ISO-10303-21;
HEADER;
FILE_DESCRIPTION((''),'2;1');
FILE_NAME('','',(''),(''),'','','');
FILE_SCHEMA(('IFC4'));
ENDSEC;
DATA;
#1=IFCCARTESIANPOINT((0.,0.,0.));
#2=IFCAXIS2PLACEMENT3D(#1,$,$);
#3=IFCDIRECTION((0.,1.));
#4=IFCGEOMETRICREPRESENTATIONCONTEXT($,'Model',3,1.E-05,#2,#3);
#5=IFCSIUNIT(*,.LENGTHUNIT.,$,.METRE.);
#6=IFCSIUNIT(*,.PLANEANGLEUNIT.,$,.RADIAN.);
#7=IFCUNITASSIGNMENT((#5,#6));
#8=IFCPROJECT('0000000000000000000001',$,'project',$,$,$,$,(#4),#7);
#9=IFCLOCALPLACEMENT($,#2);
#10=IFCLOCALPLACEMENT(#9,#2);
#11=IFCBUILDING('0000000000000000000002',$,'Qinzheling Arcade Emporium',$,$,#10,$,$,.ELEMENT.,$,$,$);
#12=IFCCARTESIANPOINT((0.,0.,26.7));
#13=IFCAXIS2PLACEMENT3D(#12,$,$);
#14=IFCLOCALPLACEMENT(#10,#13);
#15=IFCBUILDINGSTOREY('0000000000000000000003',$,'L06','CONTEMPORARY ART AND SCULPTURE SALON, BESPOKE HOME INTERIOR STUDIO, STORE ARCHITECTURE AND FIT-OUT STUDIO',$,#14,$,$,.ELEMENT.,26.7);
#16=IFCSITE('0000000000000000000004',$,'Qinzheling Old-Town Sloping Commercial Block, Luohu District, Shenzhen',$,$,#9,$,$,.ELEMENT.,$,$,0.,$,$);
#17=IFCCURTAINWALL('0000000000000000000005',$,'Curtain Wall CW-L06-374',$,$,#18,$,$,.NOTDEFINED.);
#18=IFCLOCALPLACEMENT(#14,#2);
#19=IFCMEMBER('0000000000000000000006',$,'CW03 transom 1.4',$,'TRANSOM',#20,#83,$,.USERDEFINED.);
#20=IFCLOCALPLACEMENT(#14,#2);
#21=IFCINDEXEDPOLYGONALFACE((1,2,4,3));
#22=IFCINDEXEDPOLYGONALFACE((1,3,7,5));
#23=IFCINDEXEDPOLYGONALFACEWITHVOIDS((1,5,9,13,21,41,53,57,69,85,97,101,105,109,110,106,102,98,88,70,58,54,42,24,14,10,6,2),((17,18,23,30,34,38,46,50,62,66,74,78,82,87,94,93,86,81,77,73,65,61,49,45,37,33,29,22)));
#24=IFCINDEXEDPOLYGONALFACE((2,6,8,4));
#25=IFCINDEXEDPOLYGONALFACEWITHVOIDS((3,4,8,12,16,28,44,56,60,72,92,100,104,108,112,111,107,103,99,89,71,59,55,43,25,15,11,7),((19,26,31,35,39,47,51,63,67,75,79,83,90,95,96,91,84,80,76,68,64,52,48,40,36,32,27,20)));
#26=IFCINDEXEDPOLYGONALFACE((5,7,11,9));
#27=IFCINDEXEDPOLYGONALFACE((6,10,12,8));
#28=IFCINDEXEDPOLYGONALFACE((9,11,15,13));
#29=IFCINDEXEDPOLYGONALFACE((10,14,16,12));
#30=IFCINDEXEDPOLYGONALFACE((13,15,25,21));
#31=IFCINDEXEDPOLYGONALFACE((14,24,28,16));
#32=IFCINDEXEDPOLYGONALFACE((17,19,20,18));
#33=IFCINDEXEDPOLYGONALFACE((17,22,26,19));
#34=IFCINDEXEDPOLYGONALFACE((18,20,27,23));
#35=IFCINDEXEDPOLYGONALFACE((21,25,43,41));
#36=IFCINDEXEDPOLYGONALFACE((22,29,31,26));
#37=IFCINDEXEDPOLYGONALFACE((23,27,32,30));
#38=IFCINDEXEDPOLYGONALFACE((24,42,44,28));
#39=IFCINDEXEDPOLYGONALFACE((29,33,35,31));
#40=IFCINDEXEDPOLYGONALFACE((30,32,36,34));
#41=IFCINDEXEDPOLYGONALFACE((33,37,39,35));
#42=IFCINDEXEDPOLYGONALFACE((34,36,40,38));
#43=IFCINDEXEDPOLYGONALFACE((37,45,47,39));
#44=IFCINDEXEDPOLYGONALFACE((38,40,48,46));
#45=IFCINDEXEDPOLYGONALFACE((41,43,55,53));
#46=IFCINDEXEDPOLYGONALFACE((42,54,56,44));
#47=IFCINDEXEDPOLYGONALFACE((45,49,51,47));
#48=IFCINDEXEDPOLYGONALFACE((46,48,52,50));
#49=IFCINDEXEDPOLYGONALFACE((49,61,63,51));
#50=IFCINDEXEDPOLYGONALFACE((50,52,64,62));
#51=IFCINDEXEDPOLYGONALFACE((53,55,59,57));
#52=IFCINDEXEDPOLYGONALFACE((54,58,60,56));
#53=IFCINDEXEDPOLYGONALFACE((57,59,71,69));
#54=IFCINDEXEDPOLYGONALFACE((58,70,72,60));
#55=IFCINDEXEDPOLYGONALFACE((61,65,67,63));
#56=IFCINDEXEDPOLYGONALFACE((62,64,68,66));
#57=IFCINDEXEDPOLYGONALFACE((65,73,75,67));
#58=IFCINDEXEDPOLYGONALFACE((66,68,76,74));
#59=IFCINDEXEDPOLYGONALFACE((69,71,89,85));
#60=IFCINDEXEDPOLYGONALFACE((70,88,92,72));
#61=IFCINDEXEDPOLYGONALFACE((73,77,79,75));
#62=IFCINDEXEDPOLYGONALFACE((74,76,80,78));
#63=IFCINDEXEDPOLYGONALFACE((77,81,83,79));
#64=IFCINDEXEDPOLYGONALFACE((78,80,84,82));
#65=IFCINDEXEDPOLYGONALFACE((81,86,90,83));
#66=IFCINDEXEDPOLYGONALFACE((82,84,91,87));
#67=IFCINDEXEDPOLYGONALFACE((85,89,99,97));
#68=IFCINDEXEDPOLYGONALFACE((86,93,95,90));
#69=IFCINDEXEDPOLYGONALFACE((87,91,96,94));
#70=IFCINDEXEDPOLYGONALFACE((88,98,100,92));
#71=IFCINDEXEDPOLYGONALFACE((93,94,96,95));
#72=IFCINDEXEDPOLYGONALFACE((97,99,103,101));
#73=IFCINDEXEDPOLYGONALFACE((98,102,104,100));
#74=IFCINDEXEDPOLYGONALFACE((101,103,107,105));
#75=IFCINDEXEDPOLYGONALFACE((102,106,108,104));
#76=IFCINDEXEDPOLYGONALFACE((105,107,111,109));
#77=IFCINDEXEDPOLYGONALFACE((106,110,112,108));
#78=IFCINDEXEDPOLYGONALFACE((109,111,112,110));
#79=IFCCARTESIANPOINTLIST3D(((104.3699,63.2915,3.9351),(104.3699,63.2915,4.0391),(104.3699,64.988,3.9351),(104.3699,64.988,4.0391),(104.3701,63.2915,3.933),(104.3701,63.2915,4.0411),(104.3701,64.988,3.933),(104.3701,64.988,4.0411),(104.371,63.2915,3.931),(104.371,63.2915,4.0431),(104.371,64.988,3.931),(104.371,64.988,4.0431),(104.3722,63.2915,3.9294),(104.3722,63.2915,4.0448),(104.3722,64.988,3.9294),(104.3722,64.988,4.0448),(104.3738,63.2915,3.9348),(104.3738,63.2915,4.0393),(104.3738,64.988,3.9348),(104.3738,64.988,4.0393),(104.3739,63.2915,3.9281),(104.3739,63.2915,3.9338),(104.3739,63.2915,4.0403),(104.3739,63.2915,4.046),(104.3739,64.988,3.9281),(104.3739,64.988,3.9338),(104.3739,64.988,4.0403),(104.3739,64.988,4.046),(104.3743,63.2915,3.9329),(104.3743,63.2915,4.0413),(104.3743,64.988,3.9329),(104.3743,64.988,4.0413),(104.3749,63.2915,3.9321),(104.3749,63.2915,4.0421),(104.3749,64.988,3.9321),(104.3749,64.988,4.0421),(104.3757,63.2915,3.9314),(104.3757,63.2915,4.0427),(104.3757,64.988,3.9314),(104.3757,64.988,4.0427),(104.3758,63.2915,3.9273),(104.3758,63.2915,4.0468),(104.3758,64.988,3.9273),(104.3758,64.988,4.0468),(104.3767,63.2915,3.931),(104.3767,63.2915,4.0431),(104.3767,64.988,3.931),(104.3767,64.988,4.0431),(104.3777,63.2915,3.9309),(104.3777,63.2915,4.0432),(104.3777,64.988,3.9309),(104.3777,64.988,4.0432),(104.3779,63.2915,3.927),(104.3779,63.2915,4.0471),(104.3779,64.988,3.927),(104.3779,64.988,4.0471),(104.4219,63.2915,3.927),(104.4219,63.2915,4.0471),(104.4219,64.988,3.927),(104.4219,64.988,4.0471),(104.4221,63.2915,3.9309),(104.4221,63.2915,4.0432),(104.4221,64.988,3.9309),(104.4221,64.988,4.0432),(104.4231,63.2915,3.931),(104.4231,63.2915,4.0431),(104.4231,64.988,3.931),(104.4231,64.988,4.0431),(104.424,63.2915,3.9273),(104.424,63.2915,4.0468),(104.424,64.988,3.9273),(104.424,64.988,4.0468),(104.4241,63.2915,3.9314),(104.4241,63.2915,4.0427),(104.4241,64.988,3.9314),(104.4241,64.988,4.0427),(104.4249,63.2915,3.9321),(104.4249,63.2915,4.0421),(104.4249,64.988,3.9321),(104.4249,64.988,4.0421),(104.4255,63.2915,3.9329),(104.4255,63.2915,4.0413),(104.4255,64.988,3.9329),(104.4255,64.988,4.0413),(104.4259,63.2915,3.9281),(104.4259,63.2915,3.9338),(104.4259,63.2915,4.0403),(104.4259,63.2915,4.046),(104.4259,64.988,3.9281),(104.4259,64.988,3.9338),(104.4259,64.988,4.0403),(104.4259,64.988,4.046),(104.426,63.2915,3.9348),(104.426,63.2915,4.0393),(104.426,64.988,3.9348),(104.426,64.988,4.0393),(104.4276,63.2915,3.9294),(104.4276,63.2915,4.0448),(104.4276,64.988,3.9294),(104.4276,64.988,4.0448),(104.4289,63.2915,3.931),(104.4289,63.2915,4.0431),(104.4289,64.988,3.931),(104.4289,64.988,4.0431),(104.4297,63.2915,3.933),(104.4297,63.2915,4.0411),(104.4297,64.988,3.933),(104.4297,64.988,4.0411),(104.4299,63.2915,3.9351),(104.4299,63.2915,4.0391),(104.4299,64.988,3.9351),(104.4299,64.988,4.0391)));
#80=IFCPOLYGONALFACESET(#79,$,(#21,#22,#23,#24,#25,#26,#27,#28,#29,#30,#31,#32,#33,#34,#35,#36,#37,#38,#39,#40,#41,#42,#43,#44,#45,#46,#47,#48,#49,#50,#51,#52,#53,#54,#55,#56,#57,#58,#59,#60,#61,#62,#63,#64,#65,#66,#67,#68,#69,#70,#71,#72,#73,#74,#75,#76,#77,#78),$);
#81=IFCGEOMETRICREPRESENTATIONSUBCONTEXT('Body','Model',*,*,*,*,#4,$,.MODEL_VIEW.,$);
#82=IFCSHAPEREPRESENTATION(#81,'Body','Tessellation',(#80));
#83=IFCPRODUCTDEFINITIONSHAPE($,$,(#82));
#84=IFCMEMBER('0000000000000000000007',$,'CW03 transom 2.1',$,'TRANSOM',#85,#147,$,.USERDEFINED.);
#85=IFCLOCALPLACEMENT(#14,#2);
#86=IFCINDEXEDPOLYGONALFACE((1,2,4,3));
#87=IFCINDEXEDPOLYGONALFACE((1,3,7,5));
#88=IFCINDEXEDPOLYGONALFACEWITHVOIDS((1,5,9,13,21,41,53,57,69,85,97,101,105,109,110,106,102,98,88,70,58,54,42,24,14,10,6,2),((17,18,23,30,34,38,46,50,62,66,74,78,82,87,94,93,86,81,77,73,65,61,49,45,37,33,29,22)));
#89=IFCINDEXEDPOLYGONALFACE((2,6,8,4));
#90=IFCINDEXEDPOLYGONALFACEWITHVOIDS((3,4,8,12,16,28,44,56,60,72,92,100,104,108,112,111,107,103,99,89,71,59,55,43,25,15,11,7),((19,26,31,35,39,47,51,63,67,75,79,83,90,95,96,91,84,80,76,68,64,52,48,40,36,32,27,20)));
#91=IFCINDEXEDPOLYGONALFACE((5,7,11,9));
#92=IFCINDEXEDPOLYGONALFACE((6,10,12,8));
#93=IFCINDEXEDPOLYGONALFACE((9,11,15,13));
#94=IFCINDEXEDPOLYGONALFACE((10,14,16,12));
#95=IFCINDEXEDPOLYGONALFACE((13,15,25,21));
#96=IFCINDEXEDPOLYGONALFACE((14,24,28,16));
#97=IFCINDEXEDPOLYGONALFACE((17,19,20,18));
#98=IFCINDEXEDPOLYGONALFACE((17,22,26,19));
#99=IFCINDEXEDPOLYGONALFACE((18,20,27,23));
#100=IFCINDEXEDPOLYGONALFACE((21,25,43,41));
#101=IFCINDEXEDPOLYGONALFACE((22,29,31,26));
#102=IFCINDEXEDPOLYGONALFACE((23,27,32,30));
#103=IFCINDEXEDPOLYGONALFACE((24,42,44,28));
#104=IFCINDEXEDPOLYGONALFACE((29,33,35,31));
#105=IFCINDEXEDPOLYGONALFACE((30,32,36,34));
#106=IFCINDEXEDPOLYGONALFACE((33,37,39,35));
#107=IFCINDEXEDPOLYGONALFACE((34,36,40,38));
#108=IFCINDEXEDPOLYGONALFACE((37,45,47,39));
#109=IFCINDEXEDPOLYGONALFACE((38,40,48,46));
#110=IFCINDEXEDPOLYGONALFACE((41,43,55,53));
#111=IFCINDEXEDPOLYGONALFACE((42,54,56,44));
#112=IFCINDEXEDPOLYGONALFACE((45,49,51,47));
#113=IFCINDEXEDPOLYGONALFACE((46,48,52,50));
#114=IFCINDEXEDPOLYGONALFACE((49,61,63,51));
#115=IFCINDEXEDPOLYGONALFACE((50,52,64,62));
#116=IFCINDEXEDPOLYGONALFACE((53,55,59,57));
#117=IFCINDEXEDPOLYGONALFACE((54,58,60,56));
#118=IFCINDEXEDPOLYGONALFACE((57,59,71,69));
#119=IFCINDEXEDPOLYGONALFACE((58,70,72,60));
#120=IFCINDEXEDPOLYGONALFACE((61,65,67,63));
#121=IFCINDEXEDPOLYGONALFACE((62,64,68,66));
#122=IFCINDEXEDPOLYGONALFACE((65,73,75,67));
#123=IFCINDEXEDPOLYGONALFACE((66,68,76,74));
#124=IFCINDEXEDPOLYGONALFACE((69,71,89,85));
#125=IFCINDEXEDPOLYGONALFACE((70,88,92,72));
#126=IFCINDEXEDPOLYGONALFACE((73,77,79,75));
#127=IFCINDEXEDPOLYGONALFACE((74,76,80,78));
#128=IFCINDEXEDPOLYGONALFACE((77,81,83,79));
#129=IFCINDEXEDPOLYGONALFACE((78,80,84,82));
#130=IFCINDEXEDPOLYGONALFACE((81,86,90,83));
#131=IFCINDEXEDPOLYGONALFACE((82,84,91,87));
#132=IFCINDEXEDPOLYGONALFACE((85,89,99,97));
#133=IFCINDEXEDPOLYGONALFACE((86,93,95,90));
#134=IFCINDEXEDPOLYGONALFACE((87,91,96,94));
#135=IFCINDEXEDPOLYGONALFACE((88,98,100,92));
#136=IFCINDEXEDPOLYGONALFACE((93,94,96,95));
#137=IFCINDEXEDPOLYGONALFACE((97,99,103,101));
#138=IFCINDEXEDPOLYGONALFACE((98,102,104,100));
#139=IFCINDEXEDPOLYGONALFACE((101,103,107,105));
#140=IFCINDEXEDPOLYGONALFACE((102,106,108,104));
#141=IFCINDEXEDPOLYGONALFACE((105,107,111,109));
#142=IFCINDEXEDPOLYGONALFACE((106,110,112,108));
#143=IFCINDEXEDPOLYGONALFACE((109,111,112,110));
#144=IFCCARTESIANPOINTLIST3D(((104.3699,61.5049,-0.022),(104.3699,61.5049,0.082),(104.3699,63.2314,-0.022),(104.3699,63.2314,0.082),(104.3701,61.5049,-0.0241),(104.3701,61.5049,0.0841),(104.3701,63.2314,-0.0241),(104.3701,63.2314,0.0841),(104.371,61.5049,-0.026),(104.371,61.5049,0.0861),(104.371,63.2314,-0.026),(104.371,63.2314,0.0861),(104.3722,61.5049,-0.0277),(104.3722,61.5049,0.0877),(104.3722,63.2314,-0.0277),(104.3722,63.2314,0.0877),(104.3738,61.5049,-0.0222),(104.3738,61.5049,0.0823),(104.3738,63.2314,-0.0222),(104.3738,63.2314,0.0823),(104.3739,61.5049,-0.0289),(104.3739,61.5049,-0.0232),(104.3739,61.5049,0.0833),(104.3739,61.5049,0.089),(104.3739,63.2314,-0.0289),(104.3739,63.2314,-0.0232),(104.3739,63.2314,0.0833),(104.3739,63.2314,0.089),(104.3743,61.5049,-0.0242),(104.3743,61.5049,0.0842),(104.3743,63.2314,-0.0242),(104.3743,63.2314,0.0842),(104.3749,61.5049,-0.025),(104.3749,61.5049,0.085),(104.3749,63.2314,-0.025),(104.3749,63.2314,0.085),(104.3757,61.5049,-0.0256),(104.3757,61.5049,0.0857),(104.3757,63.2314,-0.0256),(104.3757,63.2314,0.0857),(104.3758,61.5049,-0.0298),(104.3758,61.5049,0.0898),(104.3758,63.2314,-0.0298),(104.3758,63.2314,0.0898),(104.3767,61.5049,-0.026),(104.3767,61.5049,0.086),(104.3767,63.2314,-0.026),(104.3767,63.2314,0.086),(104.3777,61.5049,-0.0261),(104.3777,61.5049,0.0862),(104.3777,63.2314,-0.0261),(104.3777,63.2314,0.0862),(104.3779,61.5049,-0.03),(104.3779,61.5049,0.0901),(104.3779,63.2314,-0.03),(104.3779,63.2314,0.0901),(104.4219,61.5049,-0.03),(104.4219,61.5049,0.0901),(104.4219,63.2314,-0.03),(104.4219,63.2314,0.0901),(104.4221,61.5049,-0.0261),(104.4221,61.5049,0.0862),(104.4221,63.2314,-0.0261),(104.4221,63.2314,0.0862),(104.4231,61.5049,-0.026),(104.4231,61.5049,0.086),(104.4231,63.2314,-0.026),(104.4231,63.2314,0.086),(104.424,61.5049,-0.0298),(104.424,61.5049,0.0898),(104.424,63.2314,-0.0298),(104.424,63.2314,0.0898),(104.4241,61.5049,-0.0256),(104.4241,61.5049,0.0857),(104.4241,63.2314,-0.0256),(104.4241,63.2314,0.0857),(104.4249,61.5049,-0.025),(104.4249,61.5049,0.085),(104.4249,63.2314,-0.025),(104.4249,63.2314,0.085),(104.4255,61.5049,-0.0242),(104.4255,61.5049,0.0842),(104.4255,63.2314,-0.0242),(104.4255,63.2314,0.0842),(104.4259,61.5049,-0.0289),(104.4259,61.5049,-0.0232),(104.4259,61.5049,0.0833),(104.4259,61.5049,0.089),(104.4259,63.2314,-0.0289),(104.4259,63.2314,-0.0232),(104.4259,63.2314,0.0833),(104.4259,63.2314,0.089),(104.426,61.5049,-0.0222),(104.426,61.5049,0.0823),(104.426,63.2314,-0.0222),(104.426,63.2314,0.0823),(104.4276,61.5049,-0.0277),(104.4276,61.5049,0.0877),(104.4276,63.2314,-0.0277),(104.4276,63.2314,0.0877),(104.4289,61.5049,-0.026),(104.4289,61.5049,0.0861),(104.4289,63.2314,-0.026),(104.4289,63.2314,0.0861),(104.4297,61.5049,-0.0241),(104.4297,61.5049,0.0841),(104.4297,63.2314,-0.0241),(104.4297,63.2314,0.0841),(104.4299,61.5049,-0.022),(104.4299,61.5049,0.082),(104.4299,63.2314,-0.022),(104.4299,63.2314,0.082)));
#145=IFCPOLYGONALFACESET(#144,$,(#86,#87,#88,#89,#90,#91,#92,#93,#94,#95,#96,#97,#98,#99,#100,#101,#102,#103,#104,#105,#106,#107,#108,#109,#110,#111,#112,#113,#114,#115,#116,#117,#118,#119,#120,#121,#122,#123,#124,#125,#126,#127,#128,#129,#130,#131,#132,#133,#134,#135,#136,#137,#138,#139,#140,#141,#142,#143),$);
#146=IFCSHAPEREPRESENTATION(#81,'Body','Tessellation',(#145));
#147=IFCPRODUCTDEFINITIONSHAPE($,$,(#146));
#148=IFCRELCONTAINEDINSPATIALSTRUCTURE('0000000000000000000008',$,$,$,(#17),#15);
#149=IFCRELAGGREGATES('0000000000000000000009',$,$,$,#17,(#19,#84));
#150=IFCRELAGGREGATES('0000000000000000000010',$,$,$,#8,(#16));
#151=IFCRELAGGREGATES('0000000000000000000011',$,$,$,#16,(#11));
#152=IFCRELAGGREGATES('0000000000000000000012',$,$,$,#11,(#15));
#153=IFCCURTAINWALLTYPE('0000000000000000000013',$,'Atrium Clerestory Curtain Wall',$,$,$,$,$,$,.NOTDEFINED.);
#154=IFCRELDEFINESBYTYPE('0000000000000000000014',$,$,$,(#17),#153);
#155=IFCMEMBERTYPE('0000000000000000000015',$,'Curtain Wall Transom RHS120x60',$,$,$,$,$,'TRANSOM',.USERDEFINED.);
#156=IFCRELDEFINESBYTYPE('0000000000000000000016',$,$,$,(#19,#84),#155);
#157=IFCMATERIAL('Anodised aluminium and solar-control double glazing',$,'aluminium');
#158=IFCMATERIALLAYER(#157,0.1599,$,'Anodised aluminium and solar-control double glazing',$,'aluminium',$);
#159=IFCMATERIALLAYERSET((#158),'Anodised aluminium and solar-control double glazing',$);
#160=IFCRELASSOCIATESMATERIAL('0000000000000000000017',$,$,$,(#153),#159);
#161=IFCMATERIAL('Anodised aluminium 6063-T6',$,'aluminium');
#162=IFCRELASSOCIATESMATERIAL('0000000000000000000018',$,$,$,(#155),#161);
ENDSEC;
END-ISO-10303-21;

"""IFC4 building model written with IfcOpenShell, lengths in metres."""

from ifc_helpers import new_model, si_unit, direction, frame, origin, origin_2d, place, context, subcontext, project, spatial, hollow_rectangle, extrude, material, layer, layer_set, material_profile, profile_set, type_object, element, aggregate, save


model = new_model("IFC4")

# Units and contexts
model_context = context("Model", 3, precision=1e-05, world=origin(), true_north=direction((0.0, 1.0)))
body_context = subcontext(model_context, "Body", "Model", "MODEL_VIEW")
ifc_project = project(units=[si_unit("LENGTHUNIT", "METRE"), si_unit("PLANEANGLEUNIT", "RADIAN")], contexts=[model_context])

# Site, building, storey
site_placement = place(None, origin())
site = spatial("IfcSite", under=ifc_project, at=site_placement, Name="Qinzheling Old-Town Sloping Commercial Block, Luohu District, Shenzhen", CompositionType="ELEMENT", RefElevation=0.0)
building_placement = place(site_placement, origin())
building = spatial("IfcBuilding", under=site, at=building_placement, Name="Qinzheling Arcade Emporium", CompositionType="ELEMENT")
storey_placement = place(building_placement, frame((0.0, 0.0, 26.7)))
storey = spatial("IfcBuildingStorey", under=building, at=storey_placement, Name="L06", Description="CONTEMPORARY ART AND SCULPTURE SALON, BESPOKE HOME INTERIOR STUDIO, STORE ARCHITECTURE AND FIT-OUT STUDIO", CompositionType="ELEMENT", Elevation=26.7)

# Shared definitions
ifc_material_1 = material(Name="Anodised aluminium and solar-control double glazing", Category="aluminium")
ifc_layer_1 = layer(ifc_material_1, 0.1599, Name="Anodised aluminium and solar-control double glazing", Category="aluminium")
ifc_layer_set_1 = layer_set([ifc_layer_1], Name="Anodised aluminium and solar-control double glazing")
curtain_wall_type = type_object("IfcCurtainWallType", Name="Atrium Clerestory Curtain Wall", PredefinedType="NOTDEFINED", material=ifc_layer_set_1)
ifc_material_2 = material(Name="Anodised aluminium 6063-T6", Category="aluminium")

# Curtain wall
curtain_wall_1_placement = place(storey_placement, origin())
curtain_wall_1 = element("IfcCurtainWall", 1, at=curtain_wall_1_placement, inside=storey, type_object=curtain_wall_type, Name="Curtain Wall CW-L06-374", PredefinedType="NOTDEFINED")

# Members
ifc_material_profile_1 = material_profile(ifc_material_2, hollow_rectangle(XDim=0.0601, YDim=0.1201, WallThickness=0.0039, InnerFilletRadius=0.0039, OuterFilletRadius=0.0081, at=origin_2d()), Name="RHS 120x60x4", Category="aluminium")
ifc_profile_set_1 = profile_set([ifc_material_profile_1], Name="Anodised aluminium 6063-T6")
member_type_1 = type_object("IfcMemberType", Name="Curtain Wall Transom RHS120x60", ElementType="TRANSOM", PredefinedType="USERDEFINED", material=ifc_profile_set_1)
member_1_placement = place(storey_placement, frame((104.3999, 64.988, 3.9871), z_axis=(0.0, -1.0, 0.0), x_axis=(1.0, 0.0, 0.0)))
member_1 = element("IfcMember", 2, at=member_1_placement, type_object=member_type_1, Name="CW03 transom 1.4", ObjectType="TRANSOM", PredefinedType="USERDEFINED", context=body_context, shape_type="SweptSolid", body=[
    extrude(hollow_rectangle(XDim=0.0601, YDim=0.1201, WallThickness=0.0039, InnerFilletRadius=0.0039, OuterFilletRadius=0.0081, at=origin_2d()), origin(), (0.0, 0.0, 1.0), 1.6965),
])
member_2_placement = place(storey_placement, frame((104.3999, 63.2314, 0.03), z_axis=(0.0, -1.0, 0.0), x_axis=(1.0, 0.0, 0.0)))
member_2 = element("IfcMember", 3, at=member_2_placement, type_object=member_type_1, Name="CW03 transom 2.1", ObjectType="TRANSOM", PredefinedType="USERDEFINED", context=body_context, shape_type="SweptSolid", body=[
    extrude(hollow_rectangle(XDim=0.0601, YDim=0.1201, WallThickness=0.0039, InnerFilletRadius=0.0039, OuterFilletRadius=0.0081, at=origin_2d()), origin(), (0.0, 0.0, 1.0), 1.7266),
])

aggregate(curtain_wall_1, [member_1, member_2])

save(model, "model.ifc")
